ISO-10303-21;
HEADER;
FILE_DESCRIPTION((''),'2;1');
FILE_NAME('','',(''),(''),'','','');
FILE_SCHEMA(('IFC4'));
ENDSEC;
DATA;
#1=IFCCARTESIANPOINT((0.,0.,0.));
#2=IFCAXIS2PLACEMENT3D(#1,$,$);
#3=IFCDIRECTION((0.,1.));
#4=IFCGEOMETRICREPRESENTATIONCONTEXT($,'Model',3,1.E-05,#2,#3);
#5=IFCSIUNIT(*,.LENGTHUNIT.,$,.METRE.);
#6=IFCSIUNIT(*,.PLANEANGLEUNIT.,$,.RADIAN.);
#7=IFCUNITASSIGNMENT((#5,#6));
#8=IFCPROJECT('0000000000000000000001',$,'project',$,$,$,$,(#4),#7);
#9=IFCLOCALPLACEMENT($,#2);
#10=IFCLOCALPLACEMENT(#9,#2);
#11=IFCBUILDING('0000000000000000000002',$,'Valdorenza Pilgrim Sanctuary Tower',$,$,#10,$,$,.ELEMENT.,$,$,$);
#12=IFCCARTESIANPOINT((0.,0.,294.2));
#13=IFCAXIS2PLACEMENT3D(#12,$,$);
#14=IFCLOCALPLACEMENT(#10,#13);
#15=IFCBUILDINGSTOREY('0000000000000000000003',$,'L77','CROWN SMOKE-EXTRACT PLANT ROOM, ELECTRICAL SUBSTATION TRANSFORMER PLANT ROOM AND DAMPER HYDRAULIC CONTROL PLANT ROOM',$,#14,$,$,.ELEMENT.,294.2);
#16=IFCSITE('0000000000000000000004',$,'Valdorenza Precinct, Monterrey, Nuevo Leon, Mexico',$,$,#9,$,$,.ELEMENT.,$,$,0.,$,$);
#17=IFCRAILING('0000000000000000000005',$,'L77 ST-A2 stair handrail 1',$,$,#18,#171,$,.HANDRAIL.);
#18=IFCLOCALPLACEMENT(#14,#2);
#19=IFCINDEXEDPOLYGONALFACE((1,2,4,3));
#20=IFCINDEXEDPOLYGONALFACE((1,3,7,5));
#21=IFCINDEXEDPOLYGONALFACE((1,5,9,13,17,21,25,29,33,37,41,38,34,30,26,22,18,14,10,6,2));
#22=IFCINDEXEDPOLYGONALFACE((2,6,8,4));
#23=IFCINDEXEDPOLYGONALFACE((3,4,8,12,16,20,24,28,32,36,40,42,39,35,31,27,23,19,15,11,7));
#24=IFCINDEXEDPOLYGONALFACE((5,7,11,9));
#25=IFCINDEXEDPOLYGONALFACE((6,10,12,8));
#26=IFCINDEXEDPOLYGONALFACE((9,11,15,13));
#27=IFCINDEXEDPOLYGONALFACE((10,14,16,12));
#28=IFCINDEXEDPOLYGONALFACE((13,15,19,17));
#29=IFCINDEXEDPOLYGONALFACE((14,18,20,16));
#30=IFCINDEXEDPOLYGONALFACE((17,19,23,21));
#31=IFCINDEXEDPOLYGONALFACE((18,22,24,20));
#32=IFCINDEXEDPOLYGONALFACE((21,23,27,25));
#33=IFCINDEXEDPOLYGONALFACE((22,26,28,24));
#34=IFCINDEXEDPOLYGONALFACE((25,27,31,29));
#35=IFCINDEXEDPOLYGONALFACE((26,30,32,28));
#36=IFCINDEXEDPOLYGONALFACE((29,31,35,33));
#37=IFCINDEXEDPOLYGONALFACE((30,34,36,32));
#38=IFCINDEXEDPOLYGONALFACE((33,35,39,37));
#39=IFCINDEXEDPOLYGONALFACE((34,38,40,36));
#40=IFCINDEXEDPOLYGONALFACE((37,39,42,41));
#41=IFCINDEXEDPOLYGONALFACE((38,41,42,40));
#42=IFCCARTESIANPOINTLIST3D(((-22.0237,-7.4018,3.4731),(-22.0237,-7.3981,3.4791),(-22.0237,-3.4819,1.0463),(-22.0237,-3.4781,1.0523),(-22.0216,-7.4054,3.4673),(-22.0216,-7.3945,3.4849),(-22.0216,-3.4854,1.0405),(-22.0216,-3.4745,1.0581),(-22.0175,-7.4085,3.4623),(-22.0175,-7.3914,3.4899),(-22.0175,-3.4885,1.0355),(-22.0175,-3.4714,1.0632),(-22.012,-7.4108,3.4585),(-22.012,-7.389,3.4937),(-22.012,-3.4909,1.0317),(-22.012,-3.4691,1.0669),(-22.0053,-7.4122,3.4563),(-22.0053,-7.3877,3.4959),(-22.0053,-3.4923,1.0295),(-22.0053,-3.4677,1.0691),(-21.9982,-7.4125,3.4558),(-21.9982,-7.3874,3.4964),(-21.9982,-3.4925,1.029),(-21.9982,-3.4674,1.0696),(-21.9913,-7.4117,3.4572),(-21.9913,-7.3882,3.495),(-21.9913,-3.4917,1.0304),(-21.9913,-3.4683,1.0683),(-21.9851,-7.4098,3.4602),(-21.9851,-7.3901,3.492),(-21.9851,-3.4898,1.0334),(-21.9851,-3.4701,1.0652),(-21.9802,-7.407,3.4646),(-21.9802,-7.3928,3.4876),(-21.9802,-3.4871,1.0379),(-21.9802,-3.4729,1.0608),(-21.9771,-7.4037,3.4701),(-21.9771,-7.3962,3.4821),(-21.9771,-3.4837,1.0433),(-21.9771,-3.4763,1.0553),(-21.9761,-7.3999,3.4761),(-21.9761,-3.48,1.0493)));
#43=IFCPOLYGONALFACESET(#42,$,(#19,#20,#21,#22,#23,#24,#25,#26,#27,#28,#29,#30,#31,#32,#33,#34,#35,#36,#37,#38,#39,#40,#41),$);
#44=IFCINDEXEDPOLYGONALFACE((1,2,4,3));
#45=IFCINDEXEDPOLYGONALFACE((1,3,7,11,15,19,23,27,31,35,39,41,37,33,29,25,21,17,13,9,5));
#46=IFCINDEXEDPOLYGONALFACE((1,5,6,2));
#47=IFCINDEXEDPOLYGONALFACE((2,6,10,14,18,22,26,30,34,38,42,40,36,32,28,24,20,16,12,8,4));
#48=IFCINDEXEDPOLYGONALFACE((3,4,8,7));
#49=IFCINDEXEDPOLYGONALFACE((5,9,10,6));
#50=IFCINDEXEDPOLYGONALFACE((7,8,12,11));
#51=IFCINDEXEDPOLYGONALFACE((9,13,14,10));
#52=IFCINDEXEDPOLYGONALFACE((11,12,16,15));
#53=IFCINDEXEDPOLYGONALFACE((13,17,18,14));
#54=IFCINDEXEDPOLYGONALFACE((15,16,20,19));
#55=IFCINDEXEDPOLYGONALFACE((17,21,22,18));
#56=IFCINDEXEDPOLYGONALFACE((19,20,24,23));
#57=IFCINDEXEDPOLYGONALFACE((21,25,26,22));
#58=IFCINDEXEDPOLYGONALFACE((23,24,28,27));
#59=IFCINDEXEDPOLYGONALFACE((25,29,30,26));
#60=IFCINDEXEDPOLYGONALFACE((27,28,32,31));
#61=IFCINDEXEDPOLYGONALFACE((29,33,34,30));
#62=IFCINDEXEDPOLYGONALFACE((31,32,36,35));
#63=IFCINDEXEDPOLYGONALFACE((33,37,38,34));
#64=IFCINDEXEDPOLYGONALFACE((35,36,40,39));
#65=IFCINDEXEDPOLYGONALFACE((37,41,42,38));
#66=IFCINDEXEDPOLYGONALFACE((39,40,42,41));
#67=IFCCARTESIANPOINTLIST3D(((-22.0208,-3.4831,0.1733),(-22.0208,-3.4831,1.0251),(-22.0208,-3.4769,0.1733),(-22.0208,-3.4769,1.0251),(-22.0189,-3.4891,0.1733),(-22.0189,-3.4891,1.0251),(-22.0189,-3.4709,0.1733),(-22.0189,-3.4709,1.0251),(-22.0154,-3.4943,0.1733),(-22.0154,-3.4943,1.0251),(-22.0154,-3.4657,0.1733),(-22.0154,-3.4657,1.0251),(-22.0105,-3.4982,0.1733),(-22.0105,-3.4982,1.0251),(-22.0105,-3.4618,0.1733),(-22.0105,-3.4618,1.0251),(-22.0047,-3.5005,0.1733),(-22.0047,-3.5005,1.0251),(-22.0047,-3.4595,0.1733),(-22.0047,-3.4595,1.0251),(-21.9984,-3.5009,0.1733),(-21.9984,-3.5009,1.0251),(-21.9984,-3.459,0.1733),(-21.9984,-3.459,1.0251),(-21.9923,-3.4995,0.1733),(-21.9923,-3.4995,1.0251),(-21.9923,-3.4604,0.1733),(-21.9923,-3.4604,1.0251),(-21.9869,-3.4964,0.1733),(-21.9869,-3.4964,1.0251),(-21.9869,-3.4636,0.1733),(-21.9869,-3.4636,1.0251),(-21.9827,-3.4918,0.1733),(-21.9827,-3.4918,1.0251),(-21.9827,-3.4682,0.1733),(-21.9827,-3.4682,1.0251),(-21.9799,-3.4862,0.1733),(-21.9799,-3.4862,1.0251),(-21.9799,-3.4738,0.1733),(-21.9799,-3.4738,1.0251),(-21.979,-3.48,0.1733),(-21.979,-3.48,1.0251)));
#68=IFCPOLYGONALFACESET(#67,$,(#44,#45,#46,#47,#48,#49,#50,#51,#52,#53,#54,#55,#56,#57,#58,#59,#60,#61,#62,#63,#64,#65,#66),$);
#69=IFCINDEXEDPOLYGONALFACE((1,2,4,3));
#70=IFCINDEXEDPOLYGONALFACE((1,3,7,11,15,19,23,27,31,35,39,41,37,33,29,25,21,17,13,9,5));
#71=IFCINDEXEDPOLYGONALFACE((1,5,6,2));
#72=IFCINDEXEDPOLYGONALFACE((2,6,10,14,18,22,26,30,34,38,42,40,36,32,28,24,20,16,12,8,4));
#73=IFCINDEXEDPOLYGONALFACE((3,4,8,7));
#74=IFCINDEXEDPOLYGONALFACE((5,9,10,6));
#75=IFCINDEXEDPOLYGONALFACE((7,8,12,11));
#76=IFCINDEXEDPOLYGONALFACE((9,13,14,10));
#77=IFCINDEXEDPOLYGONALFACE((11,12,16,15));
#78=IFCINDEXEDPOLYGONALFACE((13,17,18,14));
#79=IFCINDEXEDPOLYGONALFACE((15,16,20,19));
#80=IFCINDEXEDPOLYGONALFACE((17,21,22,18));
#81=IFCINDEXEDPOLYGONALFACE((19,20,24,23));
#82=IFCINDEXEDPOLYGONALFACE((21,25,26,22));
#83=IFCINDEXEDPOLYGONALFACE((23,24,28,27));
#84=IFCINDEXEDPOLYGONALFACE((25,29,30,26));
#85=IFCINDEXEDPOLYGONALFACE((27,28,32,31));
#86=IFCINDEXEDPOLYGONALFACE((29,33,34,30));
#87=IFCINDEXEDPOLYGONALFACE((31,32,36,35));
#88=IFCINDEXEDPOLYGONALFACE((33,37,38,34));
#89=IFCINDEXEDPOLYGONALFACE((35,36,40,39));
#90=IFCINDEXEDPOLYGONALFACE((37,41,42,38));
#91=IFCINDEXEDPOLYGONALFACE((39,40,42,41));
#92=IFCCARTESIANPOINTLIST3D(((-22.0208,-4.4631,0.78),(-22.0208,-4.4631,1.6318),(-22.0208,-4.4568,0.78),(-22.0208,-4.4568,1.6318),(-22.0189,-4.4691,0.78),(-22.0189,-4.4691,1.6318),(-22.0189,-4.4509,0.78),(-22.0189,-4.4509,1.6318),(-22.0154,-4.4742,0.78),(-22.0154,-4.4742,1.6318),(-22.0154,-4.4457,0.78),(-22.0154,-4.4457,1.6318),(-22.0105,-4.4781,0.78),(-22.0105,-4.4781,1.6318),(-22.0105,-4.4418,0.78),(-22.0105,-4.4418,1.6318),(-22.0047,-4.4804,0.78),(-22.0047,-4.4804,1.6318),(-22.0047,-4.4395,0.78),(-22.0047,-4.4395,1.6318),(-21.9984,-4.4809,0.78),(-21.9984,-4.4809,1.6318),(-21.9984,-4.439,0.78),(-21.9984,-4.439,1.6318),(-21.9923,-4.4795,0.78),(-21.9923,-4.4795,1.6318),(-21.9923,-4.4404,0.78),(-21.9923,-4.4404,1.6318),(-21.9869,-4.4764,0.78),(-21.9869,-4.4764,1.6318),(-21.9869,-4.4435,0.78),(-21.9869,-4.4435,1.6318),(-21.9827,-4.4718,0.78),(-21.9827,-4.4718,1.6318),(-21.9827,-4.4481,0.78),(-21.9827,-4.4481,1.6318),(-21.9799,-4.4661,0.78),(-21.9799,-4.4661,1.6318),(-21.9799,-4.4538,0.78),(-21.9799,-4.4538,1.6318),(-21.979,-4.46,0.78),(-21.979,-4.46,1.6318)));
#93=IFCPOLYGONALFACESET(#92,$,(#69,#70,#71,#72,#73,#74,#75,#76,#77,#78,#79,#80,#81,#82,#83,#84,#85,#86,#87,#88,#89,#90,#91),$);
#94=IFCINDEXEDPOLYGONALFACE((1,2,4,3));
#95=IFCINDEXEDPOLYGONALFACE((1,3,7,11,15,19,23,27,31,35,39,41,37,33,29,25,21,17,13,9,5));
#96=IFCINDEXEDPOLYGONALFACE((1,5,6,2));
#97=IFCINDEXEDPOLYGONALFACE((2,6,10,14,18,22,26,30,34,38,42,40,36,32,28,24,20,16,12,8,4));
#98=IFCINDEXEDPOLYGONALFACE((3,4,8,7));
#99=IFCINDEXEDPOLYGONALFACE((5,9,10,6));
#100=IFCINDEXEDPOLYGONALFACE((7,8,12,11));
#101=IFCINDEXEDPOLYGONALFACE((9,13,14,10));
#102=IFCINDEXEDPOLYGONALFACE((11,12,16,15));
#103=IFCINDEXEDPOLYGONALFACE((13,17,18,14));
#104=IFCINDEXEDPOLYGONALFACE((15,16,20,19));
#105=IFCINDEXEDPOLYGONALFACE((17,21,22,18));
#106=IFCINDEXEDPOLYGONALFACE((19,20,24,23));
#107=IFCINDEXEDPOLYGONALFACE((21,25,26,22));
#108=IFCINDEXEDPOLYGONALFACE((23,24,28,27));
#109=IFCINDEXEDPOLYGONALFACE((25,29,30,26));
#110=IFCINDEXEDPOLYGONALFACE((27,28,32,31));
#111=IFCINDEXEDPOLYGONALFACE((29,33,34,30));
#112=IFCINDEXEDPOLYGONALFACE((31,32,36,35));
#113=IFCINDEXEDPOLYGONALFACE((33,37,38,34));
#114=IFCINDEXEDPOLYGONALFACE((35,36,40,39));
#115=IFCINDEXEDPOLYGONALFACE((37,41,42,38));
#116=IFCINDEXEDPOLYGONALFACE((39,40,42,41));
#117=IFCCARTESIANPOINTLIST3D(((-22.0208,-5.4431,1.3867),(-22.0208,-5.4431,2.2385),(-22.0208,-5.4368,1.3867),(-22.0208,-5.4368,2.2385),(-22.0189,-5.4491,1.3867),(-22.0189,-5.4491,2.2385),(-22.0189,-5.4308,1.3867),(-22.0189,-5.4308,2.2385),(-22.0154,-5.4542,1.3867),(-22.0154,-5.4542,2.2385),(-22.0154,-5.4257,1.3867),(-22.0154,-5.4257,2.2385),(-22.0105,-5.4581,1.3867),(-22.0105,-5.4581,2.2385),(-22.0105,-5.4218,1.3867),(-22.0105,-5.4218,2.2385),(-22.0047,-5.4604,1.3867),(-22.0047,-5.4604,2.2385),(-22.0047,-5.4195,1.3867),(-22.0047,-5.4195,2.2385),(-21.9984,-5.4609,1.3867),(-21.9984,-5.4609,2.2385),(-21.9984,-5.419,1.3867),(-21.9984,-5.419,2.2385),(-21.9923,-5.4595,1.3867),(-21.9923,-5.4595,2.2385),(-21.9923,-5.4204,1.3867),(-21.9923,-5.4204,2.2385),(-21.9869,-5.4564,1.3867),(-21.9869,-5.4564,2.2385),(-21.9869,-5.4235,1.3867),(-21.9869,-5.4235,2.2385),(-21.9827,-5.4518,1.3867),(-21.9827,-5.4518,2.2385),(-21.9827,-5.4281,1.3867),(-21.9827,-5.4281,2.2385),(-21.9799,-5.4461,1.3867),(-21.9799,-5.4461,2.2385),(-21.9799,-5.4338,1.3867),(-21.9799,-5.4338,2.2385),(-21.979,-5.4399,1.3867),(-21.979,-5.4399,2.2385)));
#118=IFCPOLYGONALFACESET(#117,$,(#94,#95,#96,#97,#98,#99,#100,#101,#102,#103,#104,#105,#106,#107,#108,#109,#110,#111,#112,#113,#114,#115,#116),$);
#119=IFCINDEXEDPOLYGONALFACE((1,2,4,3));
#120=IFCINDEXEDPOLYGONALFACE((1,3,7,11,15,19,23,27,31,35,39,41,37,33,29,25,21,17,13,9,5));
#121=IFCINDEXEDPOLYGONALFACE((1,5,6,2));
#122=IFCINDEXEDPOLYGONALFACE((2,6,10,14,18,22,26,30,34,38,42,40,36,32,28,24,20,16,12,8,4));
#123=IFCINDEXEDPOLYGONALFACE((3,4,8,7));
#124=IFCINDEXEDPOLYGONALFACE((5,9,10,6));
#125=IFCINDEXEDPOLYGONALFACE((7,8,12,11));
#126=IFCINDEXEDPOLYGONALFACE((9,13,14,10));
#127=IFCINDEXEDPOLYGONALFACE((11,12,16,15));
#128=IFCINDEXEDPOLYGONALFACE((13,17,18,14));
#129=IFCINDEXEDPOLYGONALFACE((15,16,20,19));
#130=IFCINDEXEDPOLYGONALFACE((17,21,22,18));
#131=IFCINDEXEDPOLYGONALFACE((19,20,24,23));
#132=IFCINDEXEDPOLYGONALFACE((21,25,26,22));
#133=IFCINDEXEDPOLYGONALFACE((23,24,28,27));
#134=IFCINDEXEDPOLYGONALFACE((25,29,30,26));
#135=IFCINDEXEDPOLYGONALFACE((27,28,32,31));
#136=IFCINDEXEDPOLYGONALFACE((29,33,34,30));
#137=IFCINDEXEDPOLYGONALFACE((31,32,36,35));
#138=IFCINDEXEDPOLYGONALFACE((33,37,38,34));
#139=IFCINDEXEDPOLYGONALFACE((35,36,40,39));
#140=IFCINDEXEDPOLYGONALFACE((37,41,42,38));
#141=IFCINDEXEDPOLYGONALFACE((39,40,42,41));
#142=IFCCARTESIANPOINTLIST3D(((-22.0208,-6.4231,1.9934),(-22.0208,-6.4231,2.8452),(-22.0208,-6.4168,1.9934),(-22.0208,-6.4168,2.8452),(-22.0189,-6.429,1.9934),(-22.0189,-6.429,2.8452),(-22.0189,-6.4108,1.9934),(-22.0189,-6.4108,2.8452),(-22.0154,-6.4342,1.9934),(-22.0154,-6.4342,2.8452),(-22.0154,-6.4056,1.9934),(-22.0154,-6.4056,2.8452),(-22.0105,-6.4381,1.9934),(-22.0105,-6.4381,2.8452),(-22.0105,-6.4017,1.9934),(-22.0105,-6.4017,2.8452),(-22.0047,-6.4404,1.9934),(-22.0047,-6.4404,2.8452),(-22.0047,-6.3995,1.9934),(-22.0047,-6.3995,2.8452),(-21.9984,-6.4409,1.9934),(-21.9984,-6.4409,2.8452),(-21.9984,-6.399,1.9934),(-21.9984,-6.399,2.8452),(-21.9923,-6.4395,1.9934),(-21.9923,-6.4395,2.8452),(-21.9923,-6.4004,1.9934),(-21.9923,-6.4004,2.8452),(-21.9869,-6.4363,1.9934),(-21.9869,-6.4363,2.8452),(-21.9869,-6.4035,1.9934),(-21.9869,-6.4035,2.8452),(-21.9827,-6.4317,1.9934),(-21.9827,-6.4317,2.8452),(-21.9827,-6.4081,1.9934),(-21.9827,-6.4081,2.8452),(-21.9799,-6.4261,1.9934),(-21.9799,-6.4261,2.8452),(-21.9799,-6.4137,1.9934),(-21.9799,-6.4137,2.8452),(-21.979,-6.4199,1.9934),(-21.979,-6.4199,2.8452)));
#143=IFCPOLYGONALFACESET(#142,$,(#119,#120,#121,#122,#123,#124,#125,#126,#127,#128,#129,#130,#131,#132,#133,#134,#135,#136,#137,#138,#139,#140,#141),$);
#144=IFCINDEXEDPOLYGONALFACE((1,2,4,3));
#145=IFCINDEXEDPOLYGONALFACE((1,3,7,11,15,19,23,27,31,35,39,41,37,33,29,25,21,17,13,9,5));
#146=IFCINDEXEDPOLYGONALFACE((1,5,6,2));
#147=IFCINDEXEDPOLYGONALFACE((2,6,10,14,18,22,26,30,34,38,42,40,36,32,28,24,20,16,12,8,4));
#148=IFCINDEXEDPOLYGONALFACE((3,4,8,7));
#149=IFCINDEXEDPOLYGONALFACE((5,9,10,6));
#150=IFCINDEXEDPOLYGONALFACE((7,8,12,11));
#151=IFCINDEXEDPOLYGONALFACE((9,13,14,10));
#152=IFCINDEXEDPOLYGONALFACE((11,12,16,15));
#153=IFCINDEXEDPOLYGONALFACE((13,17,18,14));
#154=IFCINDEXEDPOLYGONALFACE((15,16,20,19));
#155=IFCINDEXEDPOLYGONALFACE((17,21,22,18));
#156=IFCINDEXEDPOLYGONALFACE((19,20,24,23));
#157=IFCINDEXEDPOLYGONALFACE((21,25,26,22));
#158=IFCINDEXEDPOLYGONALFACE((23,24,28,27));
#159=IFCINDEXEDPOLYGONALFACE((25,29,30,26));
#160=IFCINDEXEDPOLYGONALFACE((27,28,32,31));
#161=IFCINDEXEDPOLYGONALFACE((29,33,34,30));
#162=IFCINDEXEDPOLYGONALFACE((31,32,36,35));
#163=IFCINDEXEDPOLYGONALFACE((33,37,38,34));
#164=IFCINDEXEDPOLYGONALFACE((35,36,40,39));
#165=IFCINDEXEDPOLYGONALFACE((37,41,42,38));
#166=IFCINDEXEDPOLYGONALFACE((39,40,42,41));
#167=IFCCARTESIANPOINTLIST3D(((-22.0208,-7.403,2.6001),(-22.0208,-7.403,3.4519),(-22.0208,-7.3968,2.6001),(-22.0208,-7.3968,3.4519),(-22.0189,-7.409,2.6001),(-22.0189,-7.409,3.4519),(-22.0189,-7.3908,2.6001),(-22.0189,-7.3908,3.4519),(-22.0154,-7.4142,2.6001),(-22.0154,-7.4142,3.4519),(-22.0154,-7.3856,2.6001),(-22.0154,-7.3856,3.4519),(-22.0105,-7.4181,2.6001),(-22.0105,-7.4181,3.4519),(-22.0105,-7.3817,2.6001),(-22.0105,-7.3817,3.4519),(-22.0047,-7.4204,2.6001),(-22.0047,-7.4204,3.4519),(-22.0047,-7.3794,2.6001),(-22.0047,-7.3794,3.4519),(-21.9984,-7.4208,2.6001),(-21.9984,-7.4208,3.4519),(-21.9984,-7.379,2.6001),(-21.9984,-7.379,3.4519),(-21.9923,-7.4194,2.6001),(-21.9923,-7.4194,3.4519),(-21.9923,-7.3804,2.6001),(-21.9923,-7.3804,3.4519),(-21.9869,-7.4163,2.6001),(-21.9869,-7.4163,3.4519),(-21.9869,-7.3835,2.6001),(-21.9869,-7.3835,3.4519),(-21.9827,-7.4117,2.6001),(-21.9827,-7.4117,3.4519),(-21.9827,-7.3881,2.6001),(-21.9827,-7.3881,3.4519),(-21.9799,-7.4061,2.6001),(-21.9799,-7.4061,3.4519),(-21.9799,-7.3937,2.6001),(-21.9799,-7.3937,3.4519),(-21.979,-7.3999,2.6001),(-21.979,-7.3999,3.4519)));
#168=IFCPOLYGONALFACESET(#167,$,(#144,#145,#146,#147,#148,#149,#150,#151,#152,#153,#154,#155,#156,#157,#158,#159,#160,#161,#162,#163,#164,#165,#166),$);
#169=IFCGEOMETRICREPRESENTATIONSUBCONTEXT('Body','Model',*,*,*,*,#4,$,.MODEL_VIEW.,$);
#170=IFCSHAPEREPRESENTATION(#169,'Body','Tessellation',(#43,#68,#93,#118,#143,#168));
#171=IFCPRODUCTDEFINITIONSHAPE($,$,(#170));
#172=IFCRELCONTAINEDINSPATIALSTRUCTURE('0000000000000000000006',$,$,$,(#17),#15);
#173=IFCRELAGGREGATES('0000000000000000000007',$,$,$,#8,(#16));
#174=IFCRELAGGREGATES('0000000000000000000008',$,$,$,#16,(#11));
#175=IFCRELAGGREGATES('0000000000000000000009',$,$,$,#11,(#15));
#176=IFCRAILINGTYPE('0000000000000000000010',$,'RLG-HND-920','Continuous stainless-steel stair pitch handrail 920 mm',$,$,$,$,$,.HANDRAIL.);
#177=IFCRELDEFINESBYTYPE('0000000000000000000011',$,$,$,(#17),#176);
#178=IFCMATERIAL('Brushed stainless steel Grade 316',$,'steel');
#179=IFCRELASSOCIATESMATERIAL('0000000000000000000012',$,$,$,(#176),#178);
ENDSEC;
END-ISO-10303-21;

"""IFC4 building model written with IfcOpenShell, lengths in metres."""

from ifc_helpers import new_model, si_unit, direction, frame, origin, origin_2d, place, context, subcontext, project, spatial, circle, extrude, material, type_object, element, save


model = new_model("IFC4")

# Units and contexts
model_context = context("Model", 3, precision=1e-05, world=origin(), true_north=direction((0.0, 1.0)))
body_context = subcontext(model_context, "Body", "Model", "MODEL_VIEW")
ifc_project = project(units=[si_unit("LENGTHUNIT", "METRE"), si_unit("PLANEANGLEUNIT", "RADIAN")], contexts=[model_context])

# Site, building, storey
site_placement = place(None, origin())
site = spatial("IfcSite", under=ifc_project, at=site_placement, Name="Valdorenza Precinct, Monterrey, Nuevo Leon, Mexico", CompositionType="ELEMENT", RefElevation=0.0)
building_placement = place(site_placement, origin())
building = spatial("IfcBuilding", under=site, at=building_placement, Name="Valdorenza Pilgrim Sanctuary Tower", CompositionType="ELEMENT")
storey_placement = place(building_placement, frame((0.0, 0.0, 294.2)))
storey = spatial("IfcBuildingStorey", under=building, at=storey_placement, Name="L77", Description="CROWN SMOKE-EXTRACT PLANT ROOM, ELECTRICAL SUBSTATION TRANSFORMER PLANT ROOM AND DAMPER HYDRAULIC CONTROL PLANT ROOM", CompositionType="ELEMENT", Elevation=294.2)

# Shared definitions
ifc_material_1 = material(Name="Brushed stainless steel Grade 316", Category="steel")

# Railing
railing_type_1 = type_object("IfcRailingType", Name="RLG-HND-920", Description="Continuous stainless-steel stair pitch handrail 920 mm", PredefinedType="HANDRAIL", material=ifc_material_1)
railing_1_placement = place(storey_placement, frame((-22.0, -3.48, 0.1733)))
element("IfcRailing", 1, at=railing_1_placement, inside=storey, type_object=railing_type_1, Name="L77 ST-A2 stair handrail 1", PredefinedType="HANDRAIL", context=body_context, shape_type="SweptSolid", body=[
    extrude(circle(Radius=0.0239, at=origin_2d()), frame((0.0, 0.0, 0.876), z_axis=(0.0, -0.850252, 0.526376), x_axis=(1.0, 0.0, 0.0)), (0.0, 0.0, 1.0), 4.6104),
    extrude(circle(Radius=0.021, at=origin_2d()), origin(), (0.0, 0.0, 1.0), 0.8518),
    extrude(circle(Radius=0.021, at=origin_2d()), frame((0.0, -0.98, 0.6067)), (0.0, 0.0, 1.0), 0.8518),
    extrude(circle(Radius=0.021, at=origin_2d()), frame((0.0, -1.96, 1.2134)), (0.0, 0.0, 1.0), 0.8518),
    extrude(circle(Radius=0.021, at=origin_2d()), frame((0.0, -2.9399, 1.8201)), (0.0, 0.0, 1.0), 0.8518),
    extrude(circle(Radius=0.021, at=origin_2d()), frame((0.0, -3.9199, 2.4268)), (0.0, 0.0, 1.0), 0.8518),
])

save(model, "model.ifc")
